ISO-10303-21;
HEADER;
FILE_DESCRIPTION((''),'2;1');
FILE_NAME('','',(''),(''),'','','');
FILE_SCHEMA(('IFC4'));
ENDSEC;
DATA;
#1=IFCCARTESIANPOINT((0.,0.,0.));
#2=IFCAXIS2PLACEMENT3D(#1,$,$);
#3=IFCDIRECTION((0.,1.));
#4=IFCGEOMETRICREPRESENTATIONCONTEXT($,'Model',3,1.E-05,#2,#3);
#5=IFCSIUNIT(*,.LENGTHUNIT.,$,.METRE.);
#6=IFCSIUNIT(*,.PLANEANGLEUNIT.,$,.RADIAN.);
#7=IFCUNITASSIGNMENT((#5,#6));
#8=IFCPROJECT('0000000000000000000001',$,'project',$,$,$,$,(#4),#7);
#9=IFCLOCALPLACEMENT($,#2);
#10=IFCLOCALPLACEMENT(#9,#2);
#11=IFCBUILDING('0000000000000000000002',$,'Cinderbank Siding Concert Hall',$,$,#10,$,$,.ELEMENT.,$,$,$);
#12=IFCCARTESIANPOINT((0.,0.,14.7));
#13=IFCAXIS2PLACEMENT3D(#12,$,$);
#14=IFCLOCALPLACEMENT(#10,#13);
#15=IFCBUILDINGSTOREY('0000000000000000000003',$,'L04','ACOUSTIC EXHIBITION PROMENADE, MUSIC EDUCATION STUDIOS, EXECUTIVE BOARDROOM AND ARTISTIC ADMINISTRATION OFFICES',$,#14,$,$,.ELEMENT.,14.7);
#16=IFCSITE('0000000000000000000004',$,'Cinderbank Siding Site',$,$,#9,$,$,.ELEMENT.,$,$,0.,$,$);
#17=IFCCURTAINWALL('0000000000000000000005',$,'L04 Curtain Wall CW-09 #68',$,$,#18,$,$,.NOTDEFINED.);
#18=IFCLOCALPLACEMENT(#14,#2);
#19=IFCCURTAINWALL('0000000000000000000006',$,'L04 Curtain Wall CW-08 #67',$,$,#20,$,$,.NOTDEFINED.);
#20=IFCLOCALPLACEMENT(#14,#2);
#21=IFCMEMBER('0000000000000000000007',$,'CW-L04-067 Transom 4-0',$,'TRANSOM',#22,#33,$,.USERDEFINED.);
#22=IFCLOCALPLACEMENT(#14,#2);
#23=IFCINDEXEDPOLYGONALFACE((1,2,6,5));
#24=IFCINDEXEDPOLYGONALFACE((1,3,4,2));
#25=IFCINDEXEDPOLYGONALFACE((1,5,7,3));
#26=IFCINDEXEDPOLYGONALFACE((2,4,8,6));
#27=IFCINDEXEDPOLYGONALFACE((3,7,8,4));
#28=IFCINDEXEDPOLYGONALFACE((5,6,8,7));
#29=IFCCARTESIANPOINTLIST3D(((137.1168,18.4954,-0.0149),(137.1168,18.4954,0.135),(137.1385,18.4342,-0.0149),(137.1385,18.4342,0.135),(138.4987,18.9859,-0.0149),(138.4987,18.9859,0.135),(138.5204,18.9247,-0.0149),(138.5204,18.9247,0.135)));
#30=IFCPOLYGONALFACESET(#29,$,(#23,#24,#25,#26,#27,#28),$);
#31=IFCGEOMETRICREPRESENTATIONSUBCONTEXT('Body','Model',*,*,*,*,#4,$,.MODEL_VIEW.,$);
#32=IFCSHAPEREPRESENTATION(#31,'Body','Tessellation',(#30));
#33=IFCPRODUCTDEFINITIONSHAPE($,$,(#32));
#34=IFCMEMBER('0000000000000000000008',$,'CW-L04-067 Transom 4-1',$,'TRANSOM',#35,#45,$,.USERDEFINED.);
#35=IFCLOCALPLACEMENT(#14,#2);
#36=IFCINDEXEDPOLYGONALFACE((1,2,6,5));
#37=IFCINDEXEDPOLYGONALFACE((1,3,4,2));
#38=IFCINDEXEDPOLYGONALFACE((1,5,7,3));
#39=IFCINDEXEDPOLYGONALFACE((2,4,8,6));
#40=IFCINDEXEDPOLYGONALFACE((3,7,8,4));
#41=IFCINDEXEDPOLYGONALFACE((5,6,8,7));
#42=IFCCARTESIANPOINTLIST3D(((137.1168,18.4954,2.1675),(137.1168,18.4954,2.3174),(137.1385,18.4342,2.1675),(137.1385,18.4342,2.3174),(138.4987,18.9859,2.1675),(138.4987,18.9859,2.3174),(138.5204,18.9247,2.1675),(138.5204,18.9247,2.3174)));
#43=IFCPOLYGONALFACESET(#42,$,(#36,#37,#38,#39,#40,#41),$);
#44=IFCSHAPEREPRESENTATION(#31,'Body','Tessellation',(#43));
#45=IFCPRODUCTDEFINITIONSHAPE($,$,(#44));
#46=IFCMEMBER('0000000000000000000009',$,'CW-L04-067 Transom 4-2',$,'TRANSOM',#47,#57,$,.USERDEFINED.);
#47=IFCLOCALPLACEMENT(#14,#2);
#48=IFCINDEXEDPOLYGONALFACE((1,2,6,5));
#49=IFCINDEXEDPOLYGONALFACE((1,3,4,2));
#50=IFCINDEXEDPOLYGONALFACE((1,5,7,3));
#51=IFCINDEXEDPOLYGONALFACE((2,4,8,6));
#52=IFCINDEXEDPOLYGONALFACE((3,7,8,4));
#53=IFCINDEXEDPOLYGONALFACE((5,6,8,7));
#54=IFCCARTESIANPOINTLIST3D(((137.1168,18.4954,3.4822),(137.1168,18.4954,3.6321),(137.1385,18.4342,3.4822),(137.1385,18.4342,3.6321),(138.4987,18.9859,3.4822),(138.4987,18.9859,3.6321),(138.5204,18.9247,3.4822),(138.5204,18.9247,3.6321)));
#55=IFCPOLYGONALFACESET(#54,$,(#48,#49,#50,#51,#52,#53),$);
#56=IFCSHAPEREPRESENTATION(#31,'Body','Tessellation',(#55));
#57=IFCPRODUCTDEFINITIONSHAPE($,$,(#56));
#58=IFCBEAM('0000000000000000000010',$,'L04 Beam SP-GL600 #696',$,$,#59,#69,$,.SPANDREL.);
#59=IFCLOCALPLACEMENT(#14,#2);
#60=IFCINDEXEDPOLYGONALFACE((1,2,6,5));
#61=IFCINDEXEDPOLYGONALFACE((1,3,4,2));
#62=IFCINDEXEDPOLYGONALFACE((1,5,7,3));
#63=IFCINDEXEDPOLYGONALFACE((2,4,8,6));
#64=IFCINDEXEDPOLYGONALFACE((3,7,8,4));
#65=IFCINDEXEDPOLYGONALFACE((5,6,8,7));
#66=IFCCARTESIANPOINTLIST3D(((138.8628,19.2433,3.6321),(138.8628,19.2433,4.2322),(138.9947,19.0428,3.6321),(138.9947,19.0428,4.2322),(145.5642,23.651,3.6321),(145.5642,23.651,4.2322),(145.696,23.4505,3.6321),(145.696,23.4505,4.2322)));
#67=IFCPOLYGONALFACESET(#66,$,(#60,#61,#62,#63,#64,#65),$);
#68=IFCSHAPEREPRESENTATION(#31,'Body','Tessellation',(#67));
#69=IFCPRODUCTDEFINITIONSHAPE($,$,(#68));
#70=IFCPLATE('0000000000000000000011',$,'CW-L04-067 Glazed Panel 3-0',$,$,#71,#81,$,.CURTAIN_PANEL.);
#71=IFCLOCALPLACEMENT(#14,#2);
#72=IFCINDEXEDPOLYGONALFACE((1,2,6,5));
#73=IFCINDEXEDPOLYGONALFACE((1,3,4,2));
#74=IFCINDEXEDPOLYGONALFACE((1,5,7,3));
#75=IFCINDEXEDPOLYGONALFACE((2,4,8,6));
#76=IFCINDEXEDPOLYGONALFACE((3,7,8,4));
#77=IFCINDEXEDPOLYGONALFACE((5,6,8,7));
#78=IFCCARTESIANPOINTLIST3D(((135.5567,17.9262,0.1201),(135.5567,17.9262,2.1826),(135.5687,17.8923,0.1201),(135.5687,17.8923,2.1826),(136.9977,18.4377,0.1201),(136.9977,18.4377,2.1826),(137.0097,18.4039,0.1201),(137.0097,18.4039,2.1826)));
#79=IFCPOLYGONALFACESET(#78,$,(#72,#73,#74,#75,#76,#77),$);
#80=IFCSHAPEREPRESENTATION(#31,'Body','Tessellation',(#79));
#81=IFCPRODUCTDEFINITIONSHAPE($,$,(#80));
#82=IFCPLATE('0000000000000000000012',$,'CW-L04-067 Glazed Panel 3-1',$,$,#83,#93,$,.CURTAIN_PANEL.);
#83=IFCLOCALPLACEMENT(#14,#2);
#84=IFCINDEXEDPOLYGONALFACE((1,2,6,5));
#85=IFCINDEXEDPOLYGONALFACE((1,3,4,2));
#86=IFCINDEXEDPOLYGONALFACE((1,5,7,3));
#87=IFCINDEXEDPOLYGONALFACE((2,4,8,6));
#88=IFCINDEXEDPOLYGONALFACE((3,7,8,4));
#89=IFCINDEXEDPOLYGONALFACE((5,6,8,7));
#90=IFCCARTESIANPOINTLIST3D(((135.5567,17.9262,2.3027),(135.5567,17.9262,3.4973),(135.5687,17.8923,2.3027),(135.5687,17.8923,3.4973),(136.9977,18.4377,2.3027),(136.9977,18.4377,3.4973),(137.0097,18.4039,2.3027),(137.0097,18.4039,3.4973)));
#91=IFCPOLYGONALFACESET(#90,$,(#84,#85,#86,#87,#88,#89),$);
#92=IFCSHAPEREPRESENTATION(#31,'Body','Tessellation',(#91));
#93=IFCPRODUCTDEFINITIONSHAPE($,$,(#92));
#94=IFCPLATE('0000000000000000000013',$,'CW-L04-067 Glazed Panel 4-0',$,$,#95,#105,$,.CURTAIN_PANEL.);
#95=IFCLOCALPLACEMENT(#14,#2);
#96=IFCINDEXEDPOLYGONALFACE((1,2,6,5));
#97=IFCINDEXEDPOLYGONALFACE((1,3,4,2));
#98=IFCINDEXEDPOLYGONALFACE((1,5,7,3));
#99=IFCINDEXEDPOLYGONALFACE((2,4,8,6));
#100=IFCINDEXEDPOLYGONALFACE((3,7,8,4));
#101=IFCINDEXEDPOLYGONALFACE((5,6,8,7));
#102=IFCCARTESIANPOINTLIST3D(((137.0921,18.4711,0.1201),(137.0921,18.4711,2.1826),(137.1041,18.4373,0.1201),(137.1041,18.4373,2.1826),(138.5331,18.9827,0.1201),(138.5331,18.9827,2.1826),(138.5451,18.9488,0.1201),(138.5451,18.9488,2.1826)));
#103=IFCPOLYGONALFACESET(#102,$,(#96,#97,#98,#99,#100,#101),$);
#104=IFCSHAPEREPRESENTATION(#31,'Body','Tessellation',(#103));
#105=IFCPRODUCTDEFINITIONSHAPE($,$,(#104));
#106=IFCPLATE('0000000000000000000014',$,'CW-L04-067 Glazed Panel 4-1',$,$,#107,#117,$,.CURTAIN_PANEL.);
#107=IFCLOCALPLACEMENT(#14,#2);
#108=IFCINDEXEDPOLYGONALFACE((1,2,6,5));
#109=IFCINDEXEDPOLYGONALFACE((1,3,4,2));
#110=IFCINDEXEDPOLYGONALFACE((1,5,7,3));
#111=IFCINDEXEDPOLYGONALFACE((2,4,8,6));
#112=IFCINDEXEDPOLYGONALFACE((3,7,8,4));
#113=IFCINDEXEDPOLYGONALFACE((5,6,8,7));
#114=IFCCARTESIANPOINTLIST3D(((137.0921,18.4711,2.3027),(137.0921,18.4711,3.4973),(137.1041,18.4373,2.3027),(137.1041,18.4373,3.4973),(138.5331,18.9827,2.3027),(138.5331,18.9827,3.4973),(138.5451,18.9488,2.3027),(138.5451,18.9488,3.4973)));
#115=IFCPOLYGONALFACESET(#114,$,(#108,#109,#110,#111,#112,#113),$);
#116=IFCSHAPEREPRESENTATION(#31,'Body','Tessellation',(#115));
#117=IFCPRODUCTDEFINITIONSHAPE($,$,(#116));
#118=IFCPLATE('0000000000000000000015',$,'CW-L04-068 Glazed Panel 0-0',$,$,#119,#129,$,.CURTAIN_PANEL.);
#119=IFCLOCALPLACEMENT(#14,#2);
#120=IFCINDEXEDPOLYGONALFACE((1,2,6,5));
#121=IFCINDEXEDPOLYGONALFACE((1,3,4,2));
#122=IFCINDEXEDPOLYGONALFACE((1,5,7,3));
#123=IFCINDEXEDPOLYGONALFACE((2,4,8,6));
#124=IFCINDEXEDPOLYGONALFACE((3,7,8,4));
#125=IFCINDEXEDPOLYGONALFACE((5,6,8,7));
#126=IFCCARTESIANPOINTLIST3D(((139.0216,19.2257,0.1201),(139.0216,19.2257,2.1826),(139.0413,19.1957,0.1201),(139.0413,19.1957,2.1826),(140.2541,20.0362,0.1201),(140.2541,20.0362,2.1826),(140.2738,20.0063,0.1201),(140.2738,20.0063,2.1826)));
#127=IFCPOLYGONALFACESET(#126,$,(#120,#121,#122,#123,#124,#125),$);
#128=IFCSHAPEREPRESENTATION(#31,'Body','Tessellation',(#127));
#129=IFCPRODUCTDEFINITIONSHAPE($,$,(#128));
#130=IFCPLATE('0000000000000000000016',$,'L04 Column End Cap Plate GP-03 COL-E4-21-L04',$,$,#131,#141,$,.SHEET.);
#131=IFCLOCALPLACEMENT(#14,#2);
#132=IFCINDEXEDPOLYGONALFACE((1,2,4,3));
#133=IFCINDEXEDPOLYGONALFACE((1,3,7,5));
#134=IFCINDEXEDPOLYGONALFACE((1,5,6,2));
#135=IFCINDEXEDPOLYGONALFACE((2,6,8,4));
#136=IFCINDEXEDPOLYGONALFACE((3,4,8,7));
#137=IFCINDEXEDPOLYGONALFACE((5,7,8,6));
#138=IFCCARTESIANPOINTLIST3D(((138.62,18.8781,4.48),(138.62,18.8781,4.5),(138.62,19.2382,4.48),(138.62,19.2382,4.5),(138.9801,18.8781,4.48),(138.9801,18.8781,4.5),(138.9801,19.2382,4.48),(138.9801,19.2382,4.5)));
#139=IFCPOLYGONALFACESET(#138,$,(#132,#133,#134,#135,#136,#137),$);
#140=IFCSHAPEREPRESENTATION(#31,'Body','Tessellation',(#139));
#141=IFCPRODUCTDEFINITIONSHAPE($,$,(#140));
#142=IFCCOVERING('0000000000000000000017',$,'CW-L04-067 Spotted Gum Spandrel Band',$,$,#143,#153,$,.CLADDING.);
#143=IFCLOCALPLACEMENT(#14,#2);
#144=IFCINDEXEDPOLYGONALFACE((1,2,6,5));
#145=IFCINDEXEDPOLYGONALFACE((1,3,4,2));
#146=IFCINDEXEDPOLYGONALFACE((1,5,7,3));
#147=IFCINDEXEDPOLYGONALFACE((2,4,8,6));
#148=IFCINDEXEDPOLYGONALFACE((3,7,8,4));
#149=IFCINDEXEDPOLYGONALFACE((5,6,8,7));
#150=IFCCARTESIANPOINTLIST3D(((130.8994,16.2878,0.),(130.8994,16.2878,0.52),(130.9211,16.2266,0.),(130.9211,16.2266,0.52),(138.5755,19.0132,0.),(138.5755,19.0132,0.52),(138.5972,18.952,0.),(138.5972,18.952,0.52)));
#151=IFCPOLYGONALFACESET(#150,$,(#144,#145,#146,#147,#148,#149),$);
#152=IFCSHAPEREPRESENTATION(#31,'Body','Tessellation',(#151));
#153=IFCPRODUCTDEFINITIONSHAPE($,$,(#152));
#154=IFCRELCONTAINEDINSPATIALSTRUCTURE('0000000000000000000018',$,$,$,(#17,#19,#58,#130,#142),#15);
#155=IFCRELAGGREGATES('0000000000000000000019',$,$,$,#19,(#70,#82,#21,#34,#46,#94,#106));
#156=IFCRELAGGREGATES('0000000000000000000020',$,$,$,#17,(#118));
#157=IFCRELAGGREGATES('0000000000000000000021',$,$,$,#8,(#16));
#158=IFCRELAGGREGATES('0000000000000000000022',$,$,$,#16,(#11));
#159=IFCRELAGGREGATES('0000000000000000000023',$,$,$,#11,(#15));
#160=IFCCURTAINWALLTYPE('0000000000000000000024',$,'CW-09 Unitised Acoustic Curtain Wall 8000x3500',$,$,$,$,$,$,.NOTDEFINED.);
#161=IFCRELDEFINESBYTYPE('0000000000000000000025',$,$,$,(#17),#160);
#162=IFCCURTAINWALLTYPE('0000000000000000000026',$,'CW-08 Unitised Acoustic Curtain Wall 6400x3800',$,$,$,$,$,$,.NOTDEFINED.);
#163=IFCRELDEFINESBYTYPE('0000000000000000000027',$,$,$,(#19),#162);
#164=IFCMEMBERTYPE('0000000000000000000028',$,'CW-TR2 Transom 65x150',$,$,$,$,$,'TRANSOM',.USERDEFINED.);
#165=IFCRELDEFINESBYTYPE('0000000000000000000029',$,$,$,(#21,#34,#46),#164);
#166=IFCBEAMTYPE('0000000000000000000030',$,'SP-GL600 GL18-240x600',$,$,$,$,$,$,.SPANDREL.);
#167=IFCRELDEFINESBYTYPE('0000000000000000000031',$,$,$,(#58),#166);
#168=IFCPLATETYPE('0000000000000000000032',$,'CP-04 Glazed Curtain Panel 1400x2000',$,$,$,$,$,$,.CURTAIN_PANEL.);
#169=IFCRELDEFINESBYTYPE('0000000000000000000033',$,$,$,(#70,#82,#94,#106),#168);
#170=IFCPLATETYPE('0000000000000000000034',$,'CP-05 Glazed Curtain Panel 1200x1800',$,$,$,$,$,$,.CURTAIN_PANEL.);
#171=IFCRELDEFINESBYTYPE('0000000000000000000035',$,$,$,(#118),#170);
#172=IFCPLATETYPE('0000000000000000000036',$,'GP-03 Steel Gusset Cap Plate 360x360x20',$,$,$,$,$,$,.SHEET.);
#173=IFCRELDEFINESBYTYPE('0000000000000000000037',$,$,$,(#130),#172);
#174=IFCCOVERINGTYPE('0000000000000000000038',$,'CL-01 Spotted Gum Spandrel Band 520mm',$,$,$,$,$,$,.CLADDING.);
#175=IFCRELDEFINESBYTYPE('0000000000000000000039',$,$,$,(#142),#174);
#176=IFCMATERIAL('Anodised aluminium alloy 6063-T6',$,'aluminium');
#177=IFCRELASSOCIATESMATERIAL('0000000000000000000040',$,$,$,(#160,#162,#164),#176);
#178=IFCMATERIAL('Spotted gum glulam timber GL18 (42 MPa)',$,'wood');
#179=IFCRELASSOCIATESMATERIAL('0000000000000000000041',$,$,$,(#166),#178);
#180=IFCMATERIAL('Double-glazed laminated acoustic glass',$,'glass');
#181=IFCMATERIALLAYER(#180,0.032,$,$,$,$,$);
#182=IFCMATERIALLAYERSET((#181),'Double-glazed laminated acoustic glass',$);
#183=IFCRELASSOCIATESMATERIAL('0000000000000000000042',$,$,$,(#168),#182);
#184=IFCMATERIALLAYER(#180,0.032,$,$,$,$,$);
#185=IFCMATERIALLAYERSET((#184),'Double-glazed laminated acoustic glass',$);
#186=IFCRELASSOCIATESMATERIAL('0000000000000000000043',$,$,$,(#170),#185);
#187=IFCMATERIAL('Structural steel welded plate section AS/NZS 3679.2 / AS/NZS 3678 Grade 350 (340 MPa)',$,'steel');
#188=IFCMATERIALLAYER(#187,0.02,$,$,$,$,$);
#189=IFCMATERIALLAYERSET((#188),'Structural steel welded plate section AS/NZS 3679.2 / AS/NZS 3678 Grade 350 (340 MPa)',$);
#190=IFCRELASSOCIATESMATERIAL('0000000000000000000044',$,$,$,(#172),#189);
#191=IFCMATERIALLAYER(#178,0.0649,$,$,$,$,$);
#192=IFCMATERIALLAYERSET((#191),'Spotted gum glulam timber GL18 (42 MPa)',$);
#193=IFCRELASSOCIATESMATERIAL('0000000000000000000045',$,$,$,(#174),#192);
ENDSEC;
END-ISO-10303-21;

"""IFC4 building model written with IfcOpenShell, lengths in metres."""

from ifc_helpers import new_model, si_unit, direction, frame, origin, origin_2d, place, context, subcontext, project, spatial, rectangle, extrude, material, layer, layer_set, material_profile, profile_set, type_object, element, aggregate, save


model = new_model("IFC4")

# Units and contexts
model_context = context("Model", 3, precision=1e-05, world=origin(), true_north=direction((0.0, 1.0)))
body_context = subcontext(model_context, "Body", "Model", "MODEL_VIEW")
ifc_project = project(units=[si_unit("LENGTHUNIT", "METRE"), si_unit("PLANEANGLEUNIT", "RADIAN")], contexts=[model_context])

# Site, building, storey
site_placement = place(None, origin())
site = spatial("IfcSite", under=ifc_project, at=site_placement, Name="Cinderbank Siding Site", CompositionType="ELEMENT", RefElevation=0.0)
building_placement = place(site_placement, origin())
building = spatial("IfcBuilding", under=site, at=building_placement, Name="Cinderbank Siding Concert Hall", CompositionType="ELEMENT")
storey_placement = place(building_placement, frame((0.0, 0.0, 14.7)))
storey = spatial("IfcBuildingStorey", under=building, at=storey_placement, Name="L04", Description="ACOUSTIC EXHIBITION PROMENADE, MUSIC EDUCATION STUDIOS, EXECUTIVE BOARDROOM AND ARTISTIC ADMINISTRATION OFFICES", CompositionType="ELEMENT", Elevation=14.7)

# Curtain wall
ifc_material_1 = material(Name="Anodised aluminium alloy 6063-T6", Category="aluminium")
curtain_wall_type_1 = type_object("IfcCurtainWallType", Name="CW-09 Unitised Acoustic Curtain Wall 8000x3500", PredefinedType="NOTDEFINED", material=ifc_material_1)
curtain_wall_1_placement = place(storey_placement, origin())
curtain_wall_1 = element("IfcCurtainWall", 1, at=curtain_wall_1_placement, inside=storey, type_object=curtain_wall_type_1, Name="L04 Curtain Wall CW-09 #68", PredefinedType="NOTDEFINED")

# Curtain wall
curtain_wall_type_2 = type_object("IfcCurtainWallType", Name="CW-08 Unitised Acoustic Curtain Wall 6400x3800", PredefinedType="NOTDEFINED", material=ifc_material_1)
curtain_wall_2_placement = place(storey_placement, origin())
curtain_wall_2 = element("IfcCurtainWall", 2, at=curtain_wall_2_placement, inside=storey, type_object=curtain_wall_type_2, Name="L04 Curtain Wall CW-08 #67", PredefinedType="NOTDEFINED")

# Members
ifc_material_profile_1 = material_profile(ifc_material_1, rectangle(XDim=0.0649, YDim=0.1499, at=origin_2d()), Name="ALU-TRAN-65x150", Category="LoadBearing")
ifc_profile_set_1 = profile_set([ifc_material_profile_1], Name="Anodised aluminium alloy 6063-T6")
member_type_1 = type_object("IfcMemberType", Name="CW-TR2 Transom 65x150", ElementType="TRANSOM", PredefinedType="USERDEFINED", material=ifc_profile_set_1)
member_1_placement = place(storey_placement, frame((137.1277, 18.4648, 0.0601), z_axis=(0.942396, 0.3345, 0.0), x_axis=(-0.3345, 0.942396, 0.0)))
member_1 = element("IfcMember", 3, at=member_1_placement, type_object=member_type_1, Name="CW-L04-067 Transom 4-0", ObjectType="TRANSOM", PredefinedType="USERDEFINED", context=body_context, shape_type="SweptSolid", body=[
    extrude(rectangle(XDim=0.0649, YDim=0.1499, at=origin_2d()), origin(), (0.0, 0.0, 1.0), 1.4663),
])
member_2_placement = place(storey_placement, frame((137.1277, 18.4648, 2.2424), z_axis=(0.942396, 0.3345, 0.0), x_axis=(-0.3345, 0.942396, 0.0)))
member_2 = element("IfcMember", 4, at=member_2_placement, type_object=member_type_1, Name="CW-L04-067 Transom 4-1", ObjectType="TRANSOM", PredefinedType="USERDEFINED", context=body_context, shape_type="SweptSolid", body=[
    extrude(rectangle(XDim=0.0649, YDim=0.1499, at=origin_2d()), origin(), (0.0, 0.0, 1.0), 1.4663),
])
member_3_placement = place(storey_placement, frame((137.1277, 18.4648, 3.5571), z_axis=(0.942396, 0.3345, 0.0), x_axis=(-0.3345, 0.942396, 0.0)))
member_3 = element("IfcMember", 5, at=member_3_placement, type_object=member_type_1, Name="CW-L04-067 Transom 4-2", ObjectType="TRANSOM", PredefinedType="USERDEFINED", context=body_context, shape_type="SweptSolid", body=[
    extrude(rectangle(XDim=0.0649, YDim=0.1499, at=origin_2d()), origin(), (0.0, 0.0, 1.0), 1.4663),
])

# Beam
ifc_material_2 = material(Name="Spotted gum glulam timber GL18 (42 MPa)", Category="wood")
ifc_material_profile_2 = material_profile(ifc_material_2, rectangle(XDim=0.24, YDim=0.6001, at=origin_2d()), Name="GL18-240x600", Category="LoadBearing")
ifc_profile_set_2 = profile_set([ifc_material_profile_2], Name="Spotted gum glulam timber GL18 (42 MPa)")
beam_type = type_object("IfcBeamType", Name="SP-GL600 GL18-240x600", PredefinedType="SPANDREL", material=ifc_profile_set_2)
beam_placement = place(storey_placement, frame((138.9287, 19.1431, 3.9321), z_axis=(0.835481, 0.54952, 0.0), x_axis=(-0.54952, 0.835481, 0.0)))
element("IfcBeam", 6, at=beam_placement, inside=storey, type_object=beam_type, Name="L04 Beam SP-GL600 #696", PredefinedType="SPANDREL", context=body_context, shape_type="SweptSolid", body=[
    extrude(rectangle(XDim=0.24, YDim=0.6001, at=origin_2d()), origin(), (0.0, 0.0, 1.0), 8.021),
])

# Plates
ifc_material_3 = material(Name="Double-glazed laminated acoustic glass", Category="glass")
ifc_layer_1 = layer(ifc_material_3, 0.032)
ifc_layer_set_1 = layer_set([ifc_layer_1], Name="Double-glazed laminated acoustic glass")
plate_type_1 = type_object("IfcPlateType", Name="CP-04 Glazed Curtain Panel 1400x2000", PredefinedType="CURTAIN_PANEL", material=ifc_layer_set_1)
plate_1_placement = place(storey_placement, frame((136.2832, 18.165, 0.1201), z_axis=(0.0, 0.0, 1.0), x_axis=(0.942366, 0.334585, 0.0)))
plate_1 = element("IfcPlate", 7, at=plate_1_placement, type_object=plate_type_1, Name="CW-L04-067 Glazed Panel 3-0", PredefinedType="CURTAIN_PANEL", context=body_context, shape_type="SweptSolid", body=[
    extrude(rectangle(XDim=1.5291, YDim=0.0359, at=origin_2d()), origin(), (0.0, 0.0, 1.0), 2.0625),
])
plate_2_placement = place(storey_placement, frame((136.2832, 18.165, 2.3027), z_axis=(0.0, 0.0, 1.0), x_axis=(0.942366, 0.334585, 0.0)))
plate_2 = element("IfcPlate", 8, at=plate_2_placement, type_object=plate_type_1, Name="CW-L04-067 Glazed Panel 3-1", PredefinedType="CURTAIN_PANEL", context=body_context, shape_type="SweptSolid", body=[
    extrude(rectangle(XDim=1.5291, YDim=0.0359, at=origin_2d()), origin(), (0.0, 0.0, 1.0), 1.1946),
])
plate_3_placement = place(storey_placement, frame((137.8186, 18.71, 0.1201), z_axis=(0.0, 0.0, 1.0), x_axis=(0.942366, 0.334585, 0.0)))
plate_3 = element("IfcPlate", 9, at=plate_3_placement, type_object=plate_type_1, Name="CW-L04-067 Glazed Panel 4-0", PredefinedType="CURTAIN_PANEL", context=body_context, shape_type="SweptSolid", body=[
    extrude(rectangle(XDim=1.5291, YDim=0.0359, at=origin_2d()), origin(), (0.0, 0.0, 1.0), 2.0625),
])
plate_4_placement = place(storey_placement, frame((137.8186, 18.71, 2.3027), z_axis=(0.0, 0.0, 1.0), x_axis=(0.942366, 0.334585, 0.0)))
plate_4 = element("IfcPlate", 10, at=plate_4_placement, type_object=plate_type_1, Name="CW-L04-067 Glazed Panel 4-1", PredefinedType="CURTAIN_PANEL", context=body_context, shape_type="SweptSolid", body=[
    extrude(rectangle(XDim=1.5291, YDim=0.0359, at=origin_2d()), origin(), (0.0, 0.0, 1.0), 1.1946),
])
aggregate(curtain_wall_2, [plate_1, plate_2, member_1, member_2, member_3, plate_3, plate_4])
ifc_layer_2 = layer(ifc_material_3, 0.032)
ifc_layer_set_2 = layer_set([ifc_layer_2], Name="Double-glazed laminated acoustic glass")
plate_type_2 = type_object("IfcPlateType", Name="CP-05 Glazed Curtain Panel 1200x1800", PredefinedType="CURTAIN_PANEL", material=ifc_layer_set_2)
plate_5_placement = place(storey_placement, frame((139.6477, 19.616, 0.1201), z_axis=(0.0, 0.0, 1.0), x_axis=(0.835492, 0.549503, 0.0)))
plate_5 = element("IfcPlate", 11, at=plate_5_placement, type_object=plate_type_2, Name="CW-L04-068 Glazed Panel 0-0", PredefinedType="CURTAIN_PANEL", context=body_context, shape_type="SweptSolid", body=[
    extrude(rectangle(XDim=1.4751, YDim=0.0359, at=origin_2d()), origin(), (0.0, 0.0, 1.0), 2.0625),
])
aggregate(curtain_wall_1, [plate_5])
ifc_material_4 = material(Name="Structural steel welded plate section AS/NZS 3679.2 / AS/NZS 3678 Grade 350 (340 MPa)", Category="steel")
ifc_layer_3 = layer(ifc_material_4, 0.02)
ifc_layer_set_3 = layer_set([ifc_layer_3], Name="Structural steel welded plate section AS/NZS 3679.2 / AS/NZS 3678 Grade 350 (340 MPa)")
plate_type_3 = type_object("IfcPlateType", Name="GP-03 Steel Gusset Cap Plate 360x360x20", PredefinedType="SHEET", material=ifc_layer_set_3)
plate_6_placement = place(storey_placement, frame((138.8, 19.0581, 4.48), z_axis=(0.0, 0.0, 1.0), x_axis=(1.0, 0.0, 0.0)))
element("IfcPlate", 12, at=plate_6_placement, inside=storey, type_object=plate_type_3, Name="L04 Column End Cap Plate GP-03 COL-E4-21-L04", PredefinedType="SHEET", context=body_context, shape_type="SweptSolid", body=[
    extrude(rectangle(XDim=0.3601, YDim=0.3601, at=origin_2d()), origin(), (0.0, 0.0, 1.0), 0.02),
])

# Covering
ifc_layer_4 = layer(ifc_material_2, 0.0649)
ifc_layer_set_4 = layer_set([ifc_layer_4], Name="Spotted gum glulam timber GL18 (42 MPa)")
covering_type = type_object("IfcCoveringType", Name="CL-01 Spotted Gum Spandrel Band 520mm", PredefinedType="CLADDING", material=ifc_layer_set_4)
covering_placement = place(storey_placement, frame((134.7483, 17.6199, 0.0), z_axis=(0.0, 0.0, 1.0), x_axis=(0.942366, 0.334585, 0.0)))
element("IfcCovering", 13, at=covering_placement, inside=storey, type_object=covering_type, Name="CW-L04-067 Spotted Gum Spandrel Band", PredefinedType="CLADDING", context=body_context, shape_type="SweptSolid", body=[
    extrude(rectangle(XDim=8.1455, YDim=0.0649, at=origin_2d()), origin(), (0.0, 0.0, 1.0), 0.52),
])

save(model, "model.ifc")
